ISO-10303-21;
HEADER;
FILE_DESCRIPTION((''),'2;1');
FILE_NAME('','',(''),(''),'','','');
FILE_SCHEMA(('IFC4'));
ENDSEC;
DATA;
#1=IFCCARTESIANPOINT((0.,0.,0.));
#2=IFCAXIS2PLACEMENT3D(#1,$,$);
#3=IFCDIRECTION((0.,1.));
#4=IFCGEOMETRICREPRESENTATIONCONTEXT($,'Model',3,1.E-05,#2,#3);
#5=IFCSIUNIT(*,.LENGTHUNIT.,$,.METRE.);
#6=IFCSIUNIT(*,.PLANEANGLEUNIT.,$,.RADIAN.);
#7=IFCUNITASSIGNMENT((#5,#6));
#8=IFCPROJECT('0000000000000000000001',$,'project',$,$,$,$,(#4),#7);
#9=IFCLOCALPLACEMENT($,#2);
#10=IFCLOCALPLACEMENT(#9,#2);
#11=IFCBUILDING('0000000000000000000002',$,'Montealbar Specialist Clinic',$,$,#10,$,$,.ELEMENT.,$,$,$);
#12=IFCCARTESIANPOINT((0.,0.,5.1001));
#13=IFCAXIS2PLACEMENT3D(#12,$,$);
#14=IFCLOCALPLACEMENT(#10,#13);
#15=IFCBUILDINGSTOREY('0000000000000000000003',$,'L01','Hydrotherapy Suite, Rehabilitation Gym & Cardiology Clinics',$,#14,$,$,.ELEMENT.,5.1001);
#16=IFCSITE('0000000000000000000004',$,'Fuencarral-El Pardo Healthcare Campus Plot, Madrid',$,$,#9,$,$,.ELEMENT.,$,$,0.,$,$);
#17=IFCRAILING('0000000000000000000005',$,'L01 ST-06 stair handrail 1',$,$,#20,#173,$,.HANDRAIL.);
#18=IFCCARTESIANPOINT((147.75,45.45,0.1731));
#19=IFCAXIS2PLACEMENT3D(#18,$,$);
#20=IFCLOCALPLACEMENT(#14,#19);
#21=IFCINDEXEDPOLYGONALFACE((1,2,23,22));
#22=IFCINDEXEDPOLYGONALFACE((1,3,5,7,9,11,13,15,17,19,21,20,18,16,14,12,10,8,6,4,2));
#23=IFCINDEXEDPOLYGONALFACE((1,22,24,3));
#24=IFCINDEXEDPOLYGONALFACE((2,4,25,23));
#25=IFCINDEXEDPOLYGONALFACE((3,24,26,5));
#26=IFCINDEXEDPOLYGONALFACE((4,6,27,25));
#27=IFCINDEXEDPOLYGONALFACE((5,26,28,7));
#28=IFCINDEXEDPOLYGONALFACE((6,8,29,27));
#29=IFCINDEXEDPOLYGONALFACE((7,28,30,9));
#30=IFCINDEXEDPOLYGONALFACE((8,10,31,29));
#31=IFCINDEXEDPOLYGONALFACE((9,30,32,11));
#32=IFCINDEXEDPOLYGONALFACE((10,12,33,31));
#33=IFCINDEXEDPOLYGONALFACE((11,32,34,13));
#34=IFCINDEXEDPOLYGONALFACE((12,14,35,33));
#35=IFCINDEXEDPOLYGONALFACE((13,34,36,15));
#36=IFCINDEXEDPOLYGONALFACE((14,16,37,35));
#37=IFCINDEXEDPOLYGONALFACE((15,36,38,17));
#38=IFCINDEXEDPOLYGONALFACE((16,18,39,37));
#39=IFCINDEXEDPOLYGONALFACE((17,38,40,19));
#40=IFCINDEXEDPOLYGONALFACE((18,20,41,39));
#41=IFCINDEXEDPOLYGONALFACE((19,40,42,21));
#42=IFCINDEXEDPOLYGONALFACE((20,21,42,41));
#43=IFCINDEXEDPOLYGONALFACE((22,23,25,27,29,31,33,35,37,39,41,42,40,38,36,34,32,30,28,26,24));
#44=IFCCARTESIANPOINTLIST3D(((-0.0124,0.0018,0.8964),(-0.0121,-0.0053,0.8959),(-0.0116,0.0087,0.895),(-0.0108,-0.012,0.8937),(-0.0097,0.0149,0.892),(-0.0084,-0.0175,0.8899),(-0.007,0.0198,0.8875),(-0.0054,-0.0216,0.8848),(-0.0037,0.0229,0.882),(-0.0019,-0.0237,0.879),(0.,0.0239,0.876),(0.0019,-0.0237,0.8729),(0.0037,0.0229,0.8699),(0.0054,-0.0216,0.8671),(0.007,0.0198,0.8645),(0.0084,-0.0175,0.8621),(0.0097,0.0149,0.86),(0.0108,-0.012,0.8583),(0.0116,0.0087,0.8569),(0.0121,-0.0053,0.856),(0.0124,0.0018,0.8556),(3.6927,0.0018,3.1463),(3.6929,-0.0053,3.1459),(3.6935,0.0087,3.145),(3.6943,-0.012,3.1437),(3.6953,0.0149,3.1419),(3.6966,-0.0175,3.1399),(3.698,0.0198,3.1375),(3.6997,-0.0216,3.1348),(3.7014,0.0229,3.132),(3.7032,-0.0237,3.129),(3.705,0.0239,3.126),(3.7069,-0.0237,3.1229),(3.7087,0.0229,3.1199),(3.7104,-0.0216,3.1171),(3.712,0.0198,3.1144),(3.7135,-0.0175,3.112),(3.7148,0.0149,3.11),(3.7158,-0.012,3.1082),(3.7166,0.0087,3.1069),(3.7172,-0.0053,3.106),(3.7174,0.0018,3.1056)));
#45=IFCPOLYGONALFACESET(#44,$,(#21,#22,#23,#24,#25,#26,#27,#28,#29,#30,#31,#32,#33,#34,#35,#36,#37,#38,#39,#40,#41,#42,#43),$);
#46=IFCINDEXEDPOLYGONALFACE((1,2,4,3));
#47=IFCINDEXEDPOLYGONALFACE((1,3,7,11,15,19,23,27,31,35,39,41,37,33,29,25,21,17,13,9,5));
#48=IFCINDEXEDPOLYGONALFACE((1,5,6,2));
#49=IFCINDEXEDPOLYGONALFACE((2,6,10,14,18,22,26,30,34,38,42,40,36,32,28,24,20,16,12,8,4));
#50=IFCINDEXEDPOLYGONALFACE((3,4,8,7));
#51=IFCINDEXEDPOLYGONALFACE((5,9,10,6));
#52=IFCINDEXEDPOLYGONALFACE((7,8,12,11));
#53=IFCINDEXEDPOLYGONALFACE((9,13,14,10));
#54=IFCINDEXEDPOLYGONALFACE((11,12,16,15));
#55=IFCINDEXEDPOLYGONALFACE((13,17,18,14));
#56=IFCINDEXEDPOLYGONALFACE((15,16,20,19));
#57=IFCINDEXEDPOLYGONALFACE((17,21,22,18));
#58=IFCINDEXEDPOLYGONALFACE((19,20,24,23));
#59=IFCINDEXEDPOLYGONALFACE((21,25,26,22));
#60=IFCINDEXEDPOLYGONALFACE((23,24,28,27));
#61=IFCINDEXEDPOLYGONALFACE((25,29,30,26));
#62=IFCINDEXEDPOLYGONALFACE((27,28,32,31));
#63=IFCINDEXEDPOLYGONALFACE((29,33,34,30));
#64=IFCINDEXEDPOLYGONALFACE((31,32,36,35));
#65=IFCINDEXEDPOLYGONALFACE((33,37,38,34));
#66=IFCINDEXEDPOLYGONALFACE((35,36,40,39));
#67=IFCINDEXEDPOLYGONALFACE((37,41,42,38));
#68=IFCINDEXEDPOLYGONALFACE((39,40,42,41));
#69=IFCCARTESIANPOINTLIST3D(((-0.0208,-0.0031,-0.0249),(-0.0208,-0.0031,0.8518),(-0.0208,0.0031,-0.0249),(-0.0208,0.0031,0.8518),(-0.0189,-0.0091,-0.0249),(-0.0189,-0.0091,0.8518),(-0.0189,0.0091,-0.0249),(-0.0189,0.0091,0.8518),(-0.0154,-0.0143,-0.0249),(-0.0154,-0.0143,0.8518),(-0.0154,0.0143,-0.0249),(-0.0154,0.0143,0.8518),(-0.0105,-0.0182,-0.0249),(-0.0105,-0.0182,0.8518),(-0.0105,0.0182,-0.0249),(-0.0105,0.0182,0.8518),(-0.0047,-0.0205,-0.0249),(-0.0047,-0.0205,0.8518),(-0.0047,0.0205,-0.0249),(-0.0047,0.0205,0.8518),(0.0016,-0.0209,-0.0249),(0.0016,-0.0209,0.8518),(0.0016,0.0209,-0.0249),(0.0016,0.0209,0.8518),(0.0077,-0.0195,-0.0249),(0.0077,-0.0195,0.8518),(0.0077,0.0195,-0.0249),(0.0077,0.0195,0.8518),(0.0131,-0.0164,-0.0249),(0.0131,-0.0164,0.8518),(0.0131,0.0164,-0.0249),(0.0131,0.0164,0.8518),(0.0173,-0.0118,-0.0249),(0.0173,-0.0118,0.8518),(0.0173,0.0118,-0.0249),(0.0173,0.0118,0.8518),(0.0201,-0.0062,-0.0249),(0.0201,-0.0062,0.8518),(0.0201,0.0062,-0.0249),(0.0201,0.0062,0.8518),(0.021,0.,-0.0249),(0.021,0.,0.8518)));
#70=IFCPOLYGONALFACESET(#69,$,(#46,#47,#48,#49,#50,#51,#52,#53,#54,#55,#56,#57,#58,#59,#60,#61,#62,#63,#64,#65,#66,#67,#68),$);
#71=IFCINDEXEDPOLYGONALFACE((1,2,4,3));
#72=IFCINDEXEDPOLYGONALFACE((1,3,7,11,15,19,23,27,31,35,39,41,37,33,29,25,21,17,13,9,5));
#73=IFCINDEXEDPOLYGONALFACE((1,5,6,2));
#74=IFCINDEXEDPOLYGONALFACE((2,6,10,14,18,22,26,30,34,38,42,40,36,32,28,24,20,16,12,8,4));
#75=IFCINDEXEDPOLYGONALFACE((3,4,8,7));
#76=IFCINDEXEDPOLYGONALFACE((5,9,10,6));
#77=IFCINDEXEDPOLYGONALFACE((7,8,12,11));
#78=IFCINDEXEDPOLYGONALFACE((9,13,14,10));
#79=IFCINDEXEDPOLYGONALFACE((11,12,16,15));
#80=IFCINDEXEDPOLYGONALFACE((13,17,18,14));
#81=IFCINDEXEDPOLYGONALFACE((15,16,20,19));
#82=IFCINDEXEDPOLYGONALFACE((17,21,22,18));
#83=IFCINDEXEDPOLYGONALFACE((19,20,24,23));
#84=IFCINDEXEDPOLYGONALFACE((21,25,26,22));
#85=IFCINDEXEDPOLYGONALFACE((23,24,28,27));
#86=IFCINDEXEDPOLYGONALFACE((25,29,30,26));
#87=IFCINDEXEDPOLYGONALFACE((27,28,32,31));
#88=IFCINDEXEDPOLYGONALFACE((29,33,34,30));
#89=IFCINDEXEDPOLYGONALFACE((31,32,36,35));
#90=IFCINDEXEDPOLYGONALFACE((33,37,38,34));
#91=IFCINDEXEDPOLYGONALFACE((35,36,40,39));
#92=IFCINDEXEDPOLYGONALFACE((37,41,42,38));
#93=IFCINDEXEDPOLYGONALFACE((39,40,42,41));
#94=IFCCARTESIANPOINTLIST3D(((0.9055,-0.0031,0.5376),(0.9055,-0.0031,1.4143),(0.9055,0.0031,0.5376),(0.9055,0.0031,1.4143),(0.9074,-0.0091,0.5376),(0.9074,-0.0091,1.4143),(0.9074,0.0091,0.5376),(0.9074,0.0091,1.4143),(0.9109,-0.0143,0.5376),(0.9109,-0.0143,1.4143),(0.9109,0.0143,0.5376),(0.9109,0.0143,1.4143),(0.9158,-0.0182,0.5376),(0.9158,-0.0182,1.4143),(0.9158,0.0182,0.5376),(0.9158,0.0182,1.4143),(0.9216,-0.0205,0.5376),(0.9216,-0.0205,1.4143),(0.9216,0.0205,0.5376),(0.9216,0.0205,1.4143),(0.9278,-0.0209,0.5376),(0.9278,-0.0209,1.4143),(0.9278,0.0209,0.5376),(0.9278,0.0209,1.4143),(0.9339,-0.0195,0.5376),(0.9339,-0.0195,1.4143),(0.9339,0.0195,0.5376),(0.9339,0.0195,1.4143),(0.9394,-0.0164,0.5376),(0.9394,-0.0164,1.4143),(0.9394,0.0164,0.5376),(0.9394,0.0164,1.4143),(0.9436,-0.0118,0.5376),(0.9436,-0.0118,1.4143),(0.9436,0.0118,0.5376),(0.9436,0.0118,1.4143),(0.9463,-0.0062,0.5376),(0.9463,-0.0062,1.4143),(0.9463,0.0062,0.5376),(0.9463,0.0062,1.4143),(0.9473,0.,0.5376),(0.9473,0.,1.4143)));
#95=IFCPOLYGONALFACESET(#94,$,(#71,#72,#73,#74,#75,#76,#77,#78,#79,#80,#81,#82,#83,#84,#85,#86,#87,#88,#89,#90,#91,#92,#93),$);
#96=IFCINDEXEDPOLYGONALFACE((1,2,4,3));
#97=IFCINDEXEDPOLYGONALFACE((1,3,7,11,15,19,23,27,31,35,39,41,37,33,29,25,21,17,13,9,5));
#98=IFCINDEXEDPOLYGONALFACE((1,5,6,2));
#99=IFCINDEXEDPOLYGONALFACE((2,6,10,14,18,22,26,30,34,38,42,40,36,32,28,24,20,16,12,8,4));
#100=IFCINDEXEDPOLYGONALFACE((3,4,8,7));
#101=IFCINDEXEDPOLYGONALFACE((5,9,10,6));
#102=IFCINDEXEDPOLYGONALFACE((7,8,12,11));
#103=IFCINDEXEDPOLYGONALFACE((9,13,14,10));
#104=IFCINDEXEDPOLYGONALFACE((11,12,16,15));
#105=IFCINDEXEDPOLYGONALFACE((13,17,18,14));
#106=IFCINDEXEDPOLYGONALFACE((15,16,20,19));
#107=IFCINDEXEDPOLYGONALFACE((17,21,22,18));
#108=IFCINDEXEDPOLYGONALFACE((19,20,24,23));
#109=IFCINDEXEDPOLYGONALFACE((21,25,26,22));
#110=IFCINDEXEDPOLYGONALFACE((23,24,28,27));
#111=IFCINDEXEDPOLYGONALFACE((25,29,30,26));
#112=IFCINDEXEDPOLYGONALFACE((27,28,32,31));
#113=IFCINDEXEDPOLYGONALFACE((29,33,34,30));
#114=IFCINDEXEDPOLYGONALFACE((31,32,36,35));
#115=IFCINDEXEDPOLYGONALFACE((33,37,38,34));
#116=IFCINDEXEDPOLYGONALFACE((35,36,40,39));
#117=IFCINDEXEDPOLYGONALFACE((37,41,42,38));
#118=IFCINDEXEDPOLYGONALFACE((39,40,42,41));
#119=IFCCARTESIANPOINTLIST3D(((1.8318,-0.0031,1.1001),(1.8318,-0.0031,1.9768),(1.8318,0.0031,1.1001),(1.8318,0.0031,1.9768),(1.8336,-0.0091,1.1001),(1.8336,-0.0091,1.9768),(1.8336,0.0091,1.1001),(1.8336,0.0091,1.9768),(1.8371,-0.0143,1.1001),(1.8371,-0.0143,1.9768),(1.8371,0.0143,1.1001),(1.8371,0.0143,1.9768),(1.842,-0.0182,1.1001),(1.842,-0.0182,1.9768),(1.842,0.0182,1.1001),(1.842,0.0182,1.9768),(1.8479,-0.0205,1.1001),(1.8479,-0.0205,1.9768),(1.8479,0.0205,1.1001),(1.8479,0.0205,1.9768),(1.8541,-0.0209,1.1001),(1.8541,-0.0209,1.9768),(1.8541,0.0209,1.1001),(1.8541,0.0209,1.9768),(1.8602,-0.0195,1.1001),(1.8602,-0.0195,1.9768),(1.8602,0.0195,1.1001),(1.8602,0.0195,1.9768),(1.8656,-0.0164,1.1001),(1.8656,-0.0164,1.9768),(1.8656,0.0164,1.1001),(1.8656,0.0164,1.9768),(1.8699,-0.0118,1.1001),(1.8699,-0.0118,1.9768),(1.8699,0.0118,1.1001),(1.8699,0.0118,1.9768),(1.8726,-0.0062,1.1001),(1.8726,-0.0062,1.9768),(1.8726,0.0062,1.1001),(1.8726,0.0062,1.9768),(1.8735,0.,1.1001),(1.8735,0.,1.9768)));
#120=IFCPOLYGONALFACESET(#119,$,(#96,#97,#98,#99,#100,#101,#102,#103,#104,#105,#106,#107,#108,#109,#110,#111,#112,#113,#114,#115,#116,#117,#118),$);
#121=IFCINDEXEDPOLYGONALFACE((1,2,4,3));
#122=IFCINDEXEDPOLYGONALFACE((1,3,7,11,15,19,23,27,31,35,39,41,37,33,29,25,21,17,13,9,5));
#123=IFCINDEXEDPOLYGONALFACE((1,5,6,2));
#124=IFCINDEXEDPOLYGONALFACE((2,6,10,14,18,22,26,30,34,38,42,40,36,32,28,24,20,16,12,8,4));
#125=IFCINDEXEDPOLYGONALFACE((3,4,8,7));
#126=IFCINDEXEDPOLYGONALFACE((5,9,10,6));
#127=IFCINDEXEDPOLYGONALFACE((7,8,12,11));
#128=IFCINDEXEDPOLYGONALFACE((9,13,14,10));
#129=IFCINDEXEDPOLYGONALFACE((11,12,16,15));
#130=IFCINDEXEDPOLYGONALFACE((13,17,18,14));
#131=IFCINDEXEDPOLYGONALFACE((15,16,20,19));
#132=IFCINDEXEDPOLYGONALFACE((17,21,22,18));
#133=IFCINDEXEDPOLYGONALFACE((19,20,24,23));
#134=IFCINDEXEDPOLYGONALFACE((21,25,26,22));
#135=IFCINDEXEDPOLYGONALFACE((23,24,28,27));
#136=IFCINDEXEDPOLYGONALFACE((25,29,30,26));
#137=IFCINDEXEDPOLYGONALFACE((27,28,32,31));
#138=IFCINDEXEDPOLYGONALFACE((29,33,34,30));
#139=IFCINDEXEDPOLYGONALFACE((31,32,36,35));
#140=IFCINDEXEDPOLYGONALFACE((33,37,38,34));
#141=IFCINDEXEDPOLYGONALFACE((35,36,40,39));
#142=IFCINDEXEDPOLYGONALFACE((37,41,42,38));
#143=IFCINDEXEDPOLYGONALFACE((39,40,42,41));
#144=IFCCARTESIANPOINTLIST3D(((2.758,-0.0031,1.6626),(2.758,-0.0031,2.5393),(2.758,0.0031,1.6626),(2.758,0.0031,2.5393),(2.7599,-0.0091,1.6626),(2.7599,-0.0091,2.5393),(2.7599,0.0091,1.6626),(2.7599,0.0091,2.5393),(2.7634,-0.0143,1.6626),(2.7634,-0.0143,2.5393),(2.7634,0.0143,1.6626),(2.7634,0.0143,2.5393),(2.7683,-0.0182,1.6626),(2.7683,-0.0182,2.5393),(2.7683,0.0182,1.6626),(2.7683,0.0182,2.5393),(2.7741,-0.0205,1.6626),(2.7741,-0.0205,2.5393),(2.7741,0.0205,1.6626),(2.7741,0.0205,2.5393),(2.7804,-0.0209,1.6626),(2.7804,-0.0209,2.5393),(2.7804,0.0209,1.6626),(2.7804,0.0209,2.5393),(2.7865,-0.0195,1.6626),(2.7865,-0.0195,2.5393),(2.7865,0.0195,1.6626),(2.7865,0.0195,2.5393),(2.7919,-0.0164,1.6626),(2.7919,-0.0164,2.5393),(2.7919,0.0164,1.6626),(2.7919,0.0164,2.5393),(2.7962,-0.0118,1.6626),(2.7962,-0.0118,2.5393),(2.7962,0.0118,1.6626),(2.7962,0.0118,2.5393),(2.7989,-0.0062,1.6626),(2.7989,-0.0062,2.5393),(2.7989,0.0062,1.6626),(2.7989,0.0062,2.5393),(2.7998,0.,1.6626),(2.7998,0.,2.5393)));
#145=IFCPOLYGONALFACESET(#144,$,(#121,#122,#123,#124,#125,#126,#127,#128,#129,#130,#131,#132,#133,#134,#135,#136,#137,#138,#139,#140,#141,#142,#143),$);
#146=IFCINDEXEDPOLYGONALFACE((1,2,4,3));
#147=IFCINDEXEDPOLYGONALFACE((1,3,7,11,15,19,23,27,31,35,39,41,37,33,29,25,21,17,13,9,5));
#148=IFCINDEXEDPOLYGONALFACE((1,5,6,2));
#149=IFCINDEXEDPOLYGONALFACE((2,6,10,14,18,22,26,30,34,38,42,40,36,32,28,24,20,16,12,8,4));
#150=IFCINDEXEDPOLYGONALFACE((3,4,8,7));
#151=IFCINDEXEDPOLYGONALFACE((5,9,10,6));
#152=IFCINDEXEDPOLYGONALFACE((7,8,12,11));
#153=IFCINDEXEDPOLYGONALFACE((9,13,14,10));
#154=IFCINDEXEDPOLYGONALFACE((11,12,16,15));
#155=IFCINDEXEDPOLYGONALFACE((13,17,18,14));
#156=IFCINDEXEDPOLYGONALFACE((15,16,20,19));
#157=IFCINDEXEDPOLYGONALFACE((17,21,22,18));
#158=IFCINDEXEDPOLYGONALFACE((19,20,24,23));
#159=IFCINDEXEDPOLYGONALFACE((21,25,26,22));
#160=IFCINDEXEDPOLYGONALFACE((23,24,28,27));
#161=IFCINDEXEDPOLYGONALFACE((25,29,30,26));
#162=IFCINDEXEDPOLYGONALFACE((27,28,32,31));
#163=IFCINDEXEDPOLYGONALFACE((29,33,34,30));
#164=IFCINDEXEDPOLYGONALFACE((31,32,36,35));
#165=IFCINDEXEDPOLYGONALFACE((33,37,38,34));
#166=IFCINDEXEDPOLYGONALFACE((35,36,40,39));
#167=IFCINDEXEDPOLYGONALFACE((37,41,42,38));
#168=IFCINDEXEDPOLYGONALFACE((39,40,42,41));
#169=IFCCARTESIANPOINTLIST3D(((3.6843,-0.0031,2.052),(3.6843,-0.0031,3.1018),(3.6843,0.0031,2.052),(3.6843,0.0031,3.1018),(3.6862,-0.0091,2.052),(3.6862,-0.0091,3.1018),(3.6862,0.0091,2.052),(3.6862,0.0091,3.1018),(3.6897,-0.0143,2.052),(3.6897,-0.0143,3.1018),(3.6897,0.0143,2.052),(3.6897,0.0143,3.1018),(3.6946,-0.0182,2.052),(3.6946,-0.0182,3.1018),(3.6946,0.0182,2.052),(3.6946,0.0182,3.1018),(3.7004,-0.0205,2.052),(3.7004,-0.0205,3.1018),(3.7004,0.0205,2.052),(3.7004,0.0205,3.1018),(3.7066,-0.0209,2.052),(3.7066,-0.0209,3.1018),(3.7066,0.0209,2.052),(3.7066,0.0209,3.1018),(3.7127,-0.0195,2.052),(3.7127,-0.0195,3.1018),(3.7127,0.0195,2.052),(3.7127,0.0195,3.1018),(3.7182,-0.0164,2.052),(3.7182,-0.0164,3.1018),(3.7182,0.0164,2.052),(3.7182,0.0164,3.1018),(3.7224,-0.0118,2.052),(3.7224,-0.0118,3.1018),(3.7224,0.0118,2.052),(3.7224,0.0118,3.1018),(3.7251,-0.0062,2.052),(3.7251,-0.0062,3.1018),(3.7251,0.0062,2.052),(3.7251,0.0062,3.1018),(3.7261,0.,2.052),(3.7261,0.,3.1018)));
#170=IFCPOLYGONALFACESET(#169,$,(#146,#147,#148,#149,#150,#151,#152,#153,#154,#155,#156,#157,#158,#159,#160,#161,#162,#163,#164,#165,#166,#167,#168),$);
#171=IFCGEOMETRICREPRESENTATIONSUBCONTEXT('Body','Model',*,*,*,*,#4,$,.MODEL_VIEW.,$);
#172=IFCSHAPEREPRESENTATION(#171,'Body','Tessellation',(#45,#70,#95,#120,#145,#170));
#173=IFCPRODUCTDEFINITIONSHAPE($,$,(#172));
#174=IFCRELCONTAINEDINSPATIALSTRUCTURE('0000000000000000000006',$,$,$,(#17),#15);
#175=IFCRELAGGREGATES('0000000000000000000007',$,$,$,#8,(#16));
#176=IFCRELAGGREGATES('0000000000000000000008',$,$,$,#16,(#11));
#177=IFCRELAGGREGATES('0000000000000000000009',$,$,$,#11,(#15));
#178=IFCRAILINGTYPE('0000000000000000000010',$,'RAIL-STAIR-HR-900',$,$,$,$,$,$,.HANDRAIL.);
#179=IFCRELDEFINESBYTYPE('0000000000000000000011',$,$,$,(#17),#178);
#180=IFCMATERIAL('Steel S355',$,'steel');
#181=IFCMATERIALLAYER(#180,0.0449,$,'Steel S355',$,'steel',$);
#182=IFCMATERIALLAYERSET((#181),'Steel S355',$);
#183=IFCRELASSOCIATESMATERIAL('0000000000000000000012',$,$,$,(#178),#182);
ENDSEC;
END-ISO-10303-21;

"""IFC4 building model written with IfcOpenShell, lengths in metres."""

from ifc_helpers import new_model, si_unit, direction, frame, origin, origin_2d, place, context, subcontext, project, spatial, circle, extrude, material, layer, layer_set, type_object, element, save


model = new_model("IFC4")

# Units and contexts
model_context = context("Model", 3, precision=1e-05, world=origin(), true_north=direction((0.0, 1.0)))
body_context = subcontext(model_context, "Body", "Model", "MODEL_VIEW")
ifc_project = project(units=[si_unit("LENGTHUNIT", "METRE"), si_unit("PLANEANGLEUNIT", "RADIAN")], contexts=[model_context])

# Site, building, storey
site_placement = place(None, origin())
site = spatial("IfcSite", under=ifc_project, at=site_placement, Name="Fuencarral-El Pardo Healthcare Campus Plot, Madrid", CompositionType="ELEMENT", RefElevation=0.0)
building_placement = place(site_placement, origin())
building = spatial("IfcBuilding", under=site, at=building_placement, Name="Montealbar Specialist Clinic", CompositionType="ELEMENT")
storey_placement = place(building_placement, frame((0.0, 0.0, 5.1001)))
storey = spatial("IfcBuildingStorey", under=building, at=storey_placement, Name="L01", Description="Hydrotherapy Suite, Rehabilitation Gym & Cardiology Clinics", CompositionType="ELEMENT", Elevation=5.1001)

# Shared definitions
ifc_material_1 = material(Name="Steel S355", Category="steel")

# Railing
ifc_layer_1 = layer(ifc_material_1, 0.0449, Name="Steel S355", Category="steel")
ifc_layer_set_1 = layer_set([ifc_layer_1], Name="Steel S355")
railing_type_1 = type_object("IfcRailingType", Name="RAIL-STAIR-HR-900", PredefinedType="HANDRAIL", material=ifc_layer_set_1)
railing_1_placement = place(storey_placement, frame((147.75, 45.45, 0.1731)))
element("IfcRailing", 1, at=railing_1_placement, inside=storey, type_object=railing_type_1, Name="L01 ST-06 stair handrail 1", PredefinedType="HANDRAIL", context=body_context, shape_type="SweptSolid", body=[
    extrude(circle(Radius=0.0239, at=origin_2d()), frame((0.0, 0.0, 0.876), z_axis=(0.854738, 0.0, 0.51906), x_axis=(0.0, 1.0, 0.0)), (0.0, 0.0, 1.0), 4.3347),
    extrude(circle(Radius=0.021, at=origin_2d()), frame((0.0, 0.0, -0.0249)), (0.0, 0.0, 1.0), 0.8767),
    extrude(circle(Radius=0.021, at=origin_2d()), frame((0.9263, 0.0, 0.5376)), (0.0, 0.0, 1.0), 0.8767),
    extrude(circle(Radius=0.021, at=origin_2d()), frame((1.8525, 0.0, 1.1001)), (0.0, 0.0, 1.0), 0.8767),
    extrude(circle(Radius=0.021, at=origin_2d()), frame((2.7788, 0.0, 1.6626)), (0.0, 0.0, 1.0), 0.8767),
    extrude(circle(Radius=0.021, at=origin_2d()), frame((3.7051, 0.0, 2.052)), (0.0, 0.0, 1.0), 1.0498),
])

save(model, "model.ifc")
